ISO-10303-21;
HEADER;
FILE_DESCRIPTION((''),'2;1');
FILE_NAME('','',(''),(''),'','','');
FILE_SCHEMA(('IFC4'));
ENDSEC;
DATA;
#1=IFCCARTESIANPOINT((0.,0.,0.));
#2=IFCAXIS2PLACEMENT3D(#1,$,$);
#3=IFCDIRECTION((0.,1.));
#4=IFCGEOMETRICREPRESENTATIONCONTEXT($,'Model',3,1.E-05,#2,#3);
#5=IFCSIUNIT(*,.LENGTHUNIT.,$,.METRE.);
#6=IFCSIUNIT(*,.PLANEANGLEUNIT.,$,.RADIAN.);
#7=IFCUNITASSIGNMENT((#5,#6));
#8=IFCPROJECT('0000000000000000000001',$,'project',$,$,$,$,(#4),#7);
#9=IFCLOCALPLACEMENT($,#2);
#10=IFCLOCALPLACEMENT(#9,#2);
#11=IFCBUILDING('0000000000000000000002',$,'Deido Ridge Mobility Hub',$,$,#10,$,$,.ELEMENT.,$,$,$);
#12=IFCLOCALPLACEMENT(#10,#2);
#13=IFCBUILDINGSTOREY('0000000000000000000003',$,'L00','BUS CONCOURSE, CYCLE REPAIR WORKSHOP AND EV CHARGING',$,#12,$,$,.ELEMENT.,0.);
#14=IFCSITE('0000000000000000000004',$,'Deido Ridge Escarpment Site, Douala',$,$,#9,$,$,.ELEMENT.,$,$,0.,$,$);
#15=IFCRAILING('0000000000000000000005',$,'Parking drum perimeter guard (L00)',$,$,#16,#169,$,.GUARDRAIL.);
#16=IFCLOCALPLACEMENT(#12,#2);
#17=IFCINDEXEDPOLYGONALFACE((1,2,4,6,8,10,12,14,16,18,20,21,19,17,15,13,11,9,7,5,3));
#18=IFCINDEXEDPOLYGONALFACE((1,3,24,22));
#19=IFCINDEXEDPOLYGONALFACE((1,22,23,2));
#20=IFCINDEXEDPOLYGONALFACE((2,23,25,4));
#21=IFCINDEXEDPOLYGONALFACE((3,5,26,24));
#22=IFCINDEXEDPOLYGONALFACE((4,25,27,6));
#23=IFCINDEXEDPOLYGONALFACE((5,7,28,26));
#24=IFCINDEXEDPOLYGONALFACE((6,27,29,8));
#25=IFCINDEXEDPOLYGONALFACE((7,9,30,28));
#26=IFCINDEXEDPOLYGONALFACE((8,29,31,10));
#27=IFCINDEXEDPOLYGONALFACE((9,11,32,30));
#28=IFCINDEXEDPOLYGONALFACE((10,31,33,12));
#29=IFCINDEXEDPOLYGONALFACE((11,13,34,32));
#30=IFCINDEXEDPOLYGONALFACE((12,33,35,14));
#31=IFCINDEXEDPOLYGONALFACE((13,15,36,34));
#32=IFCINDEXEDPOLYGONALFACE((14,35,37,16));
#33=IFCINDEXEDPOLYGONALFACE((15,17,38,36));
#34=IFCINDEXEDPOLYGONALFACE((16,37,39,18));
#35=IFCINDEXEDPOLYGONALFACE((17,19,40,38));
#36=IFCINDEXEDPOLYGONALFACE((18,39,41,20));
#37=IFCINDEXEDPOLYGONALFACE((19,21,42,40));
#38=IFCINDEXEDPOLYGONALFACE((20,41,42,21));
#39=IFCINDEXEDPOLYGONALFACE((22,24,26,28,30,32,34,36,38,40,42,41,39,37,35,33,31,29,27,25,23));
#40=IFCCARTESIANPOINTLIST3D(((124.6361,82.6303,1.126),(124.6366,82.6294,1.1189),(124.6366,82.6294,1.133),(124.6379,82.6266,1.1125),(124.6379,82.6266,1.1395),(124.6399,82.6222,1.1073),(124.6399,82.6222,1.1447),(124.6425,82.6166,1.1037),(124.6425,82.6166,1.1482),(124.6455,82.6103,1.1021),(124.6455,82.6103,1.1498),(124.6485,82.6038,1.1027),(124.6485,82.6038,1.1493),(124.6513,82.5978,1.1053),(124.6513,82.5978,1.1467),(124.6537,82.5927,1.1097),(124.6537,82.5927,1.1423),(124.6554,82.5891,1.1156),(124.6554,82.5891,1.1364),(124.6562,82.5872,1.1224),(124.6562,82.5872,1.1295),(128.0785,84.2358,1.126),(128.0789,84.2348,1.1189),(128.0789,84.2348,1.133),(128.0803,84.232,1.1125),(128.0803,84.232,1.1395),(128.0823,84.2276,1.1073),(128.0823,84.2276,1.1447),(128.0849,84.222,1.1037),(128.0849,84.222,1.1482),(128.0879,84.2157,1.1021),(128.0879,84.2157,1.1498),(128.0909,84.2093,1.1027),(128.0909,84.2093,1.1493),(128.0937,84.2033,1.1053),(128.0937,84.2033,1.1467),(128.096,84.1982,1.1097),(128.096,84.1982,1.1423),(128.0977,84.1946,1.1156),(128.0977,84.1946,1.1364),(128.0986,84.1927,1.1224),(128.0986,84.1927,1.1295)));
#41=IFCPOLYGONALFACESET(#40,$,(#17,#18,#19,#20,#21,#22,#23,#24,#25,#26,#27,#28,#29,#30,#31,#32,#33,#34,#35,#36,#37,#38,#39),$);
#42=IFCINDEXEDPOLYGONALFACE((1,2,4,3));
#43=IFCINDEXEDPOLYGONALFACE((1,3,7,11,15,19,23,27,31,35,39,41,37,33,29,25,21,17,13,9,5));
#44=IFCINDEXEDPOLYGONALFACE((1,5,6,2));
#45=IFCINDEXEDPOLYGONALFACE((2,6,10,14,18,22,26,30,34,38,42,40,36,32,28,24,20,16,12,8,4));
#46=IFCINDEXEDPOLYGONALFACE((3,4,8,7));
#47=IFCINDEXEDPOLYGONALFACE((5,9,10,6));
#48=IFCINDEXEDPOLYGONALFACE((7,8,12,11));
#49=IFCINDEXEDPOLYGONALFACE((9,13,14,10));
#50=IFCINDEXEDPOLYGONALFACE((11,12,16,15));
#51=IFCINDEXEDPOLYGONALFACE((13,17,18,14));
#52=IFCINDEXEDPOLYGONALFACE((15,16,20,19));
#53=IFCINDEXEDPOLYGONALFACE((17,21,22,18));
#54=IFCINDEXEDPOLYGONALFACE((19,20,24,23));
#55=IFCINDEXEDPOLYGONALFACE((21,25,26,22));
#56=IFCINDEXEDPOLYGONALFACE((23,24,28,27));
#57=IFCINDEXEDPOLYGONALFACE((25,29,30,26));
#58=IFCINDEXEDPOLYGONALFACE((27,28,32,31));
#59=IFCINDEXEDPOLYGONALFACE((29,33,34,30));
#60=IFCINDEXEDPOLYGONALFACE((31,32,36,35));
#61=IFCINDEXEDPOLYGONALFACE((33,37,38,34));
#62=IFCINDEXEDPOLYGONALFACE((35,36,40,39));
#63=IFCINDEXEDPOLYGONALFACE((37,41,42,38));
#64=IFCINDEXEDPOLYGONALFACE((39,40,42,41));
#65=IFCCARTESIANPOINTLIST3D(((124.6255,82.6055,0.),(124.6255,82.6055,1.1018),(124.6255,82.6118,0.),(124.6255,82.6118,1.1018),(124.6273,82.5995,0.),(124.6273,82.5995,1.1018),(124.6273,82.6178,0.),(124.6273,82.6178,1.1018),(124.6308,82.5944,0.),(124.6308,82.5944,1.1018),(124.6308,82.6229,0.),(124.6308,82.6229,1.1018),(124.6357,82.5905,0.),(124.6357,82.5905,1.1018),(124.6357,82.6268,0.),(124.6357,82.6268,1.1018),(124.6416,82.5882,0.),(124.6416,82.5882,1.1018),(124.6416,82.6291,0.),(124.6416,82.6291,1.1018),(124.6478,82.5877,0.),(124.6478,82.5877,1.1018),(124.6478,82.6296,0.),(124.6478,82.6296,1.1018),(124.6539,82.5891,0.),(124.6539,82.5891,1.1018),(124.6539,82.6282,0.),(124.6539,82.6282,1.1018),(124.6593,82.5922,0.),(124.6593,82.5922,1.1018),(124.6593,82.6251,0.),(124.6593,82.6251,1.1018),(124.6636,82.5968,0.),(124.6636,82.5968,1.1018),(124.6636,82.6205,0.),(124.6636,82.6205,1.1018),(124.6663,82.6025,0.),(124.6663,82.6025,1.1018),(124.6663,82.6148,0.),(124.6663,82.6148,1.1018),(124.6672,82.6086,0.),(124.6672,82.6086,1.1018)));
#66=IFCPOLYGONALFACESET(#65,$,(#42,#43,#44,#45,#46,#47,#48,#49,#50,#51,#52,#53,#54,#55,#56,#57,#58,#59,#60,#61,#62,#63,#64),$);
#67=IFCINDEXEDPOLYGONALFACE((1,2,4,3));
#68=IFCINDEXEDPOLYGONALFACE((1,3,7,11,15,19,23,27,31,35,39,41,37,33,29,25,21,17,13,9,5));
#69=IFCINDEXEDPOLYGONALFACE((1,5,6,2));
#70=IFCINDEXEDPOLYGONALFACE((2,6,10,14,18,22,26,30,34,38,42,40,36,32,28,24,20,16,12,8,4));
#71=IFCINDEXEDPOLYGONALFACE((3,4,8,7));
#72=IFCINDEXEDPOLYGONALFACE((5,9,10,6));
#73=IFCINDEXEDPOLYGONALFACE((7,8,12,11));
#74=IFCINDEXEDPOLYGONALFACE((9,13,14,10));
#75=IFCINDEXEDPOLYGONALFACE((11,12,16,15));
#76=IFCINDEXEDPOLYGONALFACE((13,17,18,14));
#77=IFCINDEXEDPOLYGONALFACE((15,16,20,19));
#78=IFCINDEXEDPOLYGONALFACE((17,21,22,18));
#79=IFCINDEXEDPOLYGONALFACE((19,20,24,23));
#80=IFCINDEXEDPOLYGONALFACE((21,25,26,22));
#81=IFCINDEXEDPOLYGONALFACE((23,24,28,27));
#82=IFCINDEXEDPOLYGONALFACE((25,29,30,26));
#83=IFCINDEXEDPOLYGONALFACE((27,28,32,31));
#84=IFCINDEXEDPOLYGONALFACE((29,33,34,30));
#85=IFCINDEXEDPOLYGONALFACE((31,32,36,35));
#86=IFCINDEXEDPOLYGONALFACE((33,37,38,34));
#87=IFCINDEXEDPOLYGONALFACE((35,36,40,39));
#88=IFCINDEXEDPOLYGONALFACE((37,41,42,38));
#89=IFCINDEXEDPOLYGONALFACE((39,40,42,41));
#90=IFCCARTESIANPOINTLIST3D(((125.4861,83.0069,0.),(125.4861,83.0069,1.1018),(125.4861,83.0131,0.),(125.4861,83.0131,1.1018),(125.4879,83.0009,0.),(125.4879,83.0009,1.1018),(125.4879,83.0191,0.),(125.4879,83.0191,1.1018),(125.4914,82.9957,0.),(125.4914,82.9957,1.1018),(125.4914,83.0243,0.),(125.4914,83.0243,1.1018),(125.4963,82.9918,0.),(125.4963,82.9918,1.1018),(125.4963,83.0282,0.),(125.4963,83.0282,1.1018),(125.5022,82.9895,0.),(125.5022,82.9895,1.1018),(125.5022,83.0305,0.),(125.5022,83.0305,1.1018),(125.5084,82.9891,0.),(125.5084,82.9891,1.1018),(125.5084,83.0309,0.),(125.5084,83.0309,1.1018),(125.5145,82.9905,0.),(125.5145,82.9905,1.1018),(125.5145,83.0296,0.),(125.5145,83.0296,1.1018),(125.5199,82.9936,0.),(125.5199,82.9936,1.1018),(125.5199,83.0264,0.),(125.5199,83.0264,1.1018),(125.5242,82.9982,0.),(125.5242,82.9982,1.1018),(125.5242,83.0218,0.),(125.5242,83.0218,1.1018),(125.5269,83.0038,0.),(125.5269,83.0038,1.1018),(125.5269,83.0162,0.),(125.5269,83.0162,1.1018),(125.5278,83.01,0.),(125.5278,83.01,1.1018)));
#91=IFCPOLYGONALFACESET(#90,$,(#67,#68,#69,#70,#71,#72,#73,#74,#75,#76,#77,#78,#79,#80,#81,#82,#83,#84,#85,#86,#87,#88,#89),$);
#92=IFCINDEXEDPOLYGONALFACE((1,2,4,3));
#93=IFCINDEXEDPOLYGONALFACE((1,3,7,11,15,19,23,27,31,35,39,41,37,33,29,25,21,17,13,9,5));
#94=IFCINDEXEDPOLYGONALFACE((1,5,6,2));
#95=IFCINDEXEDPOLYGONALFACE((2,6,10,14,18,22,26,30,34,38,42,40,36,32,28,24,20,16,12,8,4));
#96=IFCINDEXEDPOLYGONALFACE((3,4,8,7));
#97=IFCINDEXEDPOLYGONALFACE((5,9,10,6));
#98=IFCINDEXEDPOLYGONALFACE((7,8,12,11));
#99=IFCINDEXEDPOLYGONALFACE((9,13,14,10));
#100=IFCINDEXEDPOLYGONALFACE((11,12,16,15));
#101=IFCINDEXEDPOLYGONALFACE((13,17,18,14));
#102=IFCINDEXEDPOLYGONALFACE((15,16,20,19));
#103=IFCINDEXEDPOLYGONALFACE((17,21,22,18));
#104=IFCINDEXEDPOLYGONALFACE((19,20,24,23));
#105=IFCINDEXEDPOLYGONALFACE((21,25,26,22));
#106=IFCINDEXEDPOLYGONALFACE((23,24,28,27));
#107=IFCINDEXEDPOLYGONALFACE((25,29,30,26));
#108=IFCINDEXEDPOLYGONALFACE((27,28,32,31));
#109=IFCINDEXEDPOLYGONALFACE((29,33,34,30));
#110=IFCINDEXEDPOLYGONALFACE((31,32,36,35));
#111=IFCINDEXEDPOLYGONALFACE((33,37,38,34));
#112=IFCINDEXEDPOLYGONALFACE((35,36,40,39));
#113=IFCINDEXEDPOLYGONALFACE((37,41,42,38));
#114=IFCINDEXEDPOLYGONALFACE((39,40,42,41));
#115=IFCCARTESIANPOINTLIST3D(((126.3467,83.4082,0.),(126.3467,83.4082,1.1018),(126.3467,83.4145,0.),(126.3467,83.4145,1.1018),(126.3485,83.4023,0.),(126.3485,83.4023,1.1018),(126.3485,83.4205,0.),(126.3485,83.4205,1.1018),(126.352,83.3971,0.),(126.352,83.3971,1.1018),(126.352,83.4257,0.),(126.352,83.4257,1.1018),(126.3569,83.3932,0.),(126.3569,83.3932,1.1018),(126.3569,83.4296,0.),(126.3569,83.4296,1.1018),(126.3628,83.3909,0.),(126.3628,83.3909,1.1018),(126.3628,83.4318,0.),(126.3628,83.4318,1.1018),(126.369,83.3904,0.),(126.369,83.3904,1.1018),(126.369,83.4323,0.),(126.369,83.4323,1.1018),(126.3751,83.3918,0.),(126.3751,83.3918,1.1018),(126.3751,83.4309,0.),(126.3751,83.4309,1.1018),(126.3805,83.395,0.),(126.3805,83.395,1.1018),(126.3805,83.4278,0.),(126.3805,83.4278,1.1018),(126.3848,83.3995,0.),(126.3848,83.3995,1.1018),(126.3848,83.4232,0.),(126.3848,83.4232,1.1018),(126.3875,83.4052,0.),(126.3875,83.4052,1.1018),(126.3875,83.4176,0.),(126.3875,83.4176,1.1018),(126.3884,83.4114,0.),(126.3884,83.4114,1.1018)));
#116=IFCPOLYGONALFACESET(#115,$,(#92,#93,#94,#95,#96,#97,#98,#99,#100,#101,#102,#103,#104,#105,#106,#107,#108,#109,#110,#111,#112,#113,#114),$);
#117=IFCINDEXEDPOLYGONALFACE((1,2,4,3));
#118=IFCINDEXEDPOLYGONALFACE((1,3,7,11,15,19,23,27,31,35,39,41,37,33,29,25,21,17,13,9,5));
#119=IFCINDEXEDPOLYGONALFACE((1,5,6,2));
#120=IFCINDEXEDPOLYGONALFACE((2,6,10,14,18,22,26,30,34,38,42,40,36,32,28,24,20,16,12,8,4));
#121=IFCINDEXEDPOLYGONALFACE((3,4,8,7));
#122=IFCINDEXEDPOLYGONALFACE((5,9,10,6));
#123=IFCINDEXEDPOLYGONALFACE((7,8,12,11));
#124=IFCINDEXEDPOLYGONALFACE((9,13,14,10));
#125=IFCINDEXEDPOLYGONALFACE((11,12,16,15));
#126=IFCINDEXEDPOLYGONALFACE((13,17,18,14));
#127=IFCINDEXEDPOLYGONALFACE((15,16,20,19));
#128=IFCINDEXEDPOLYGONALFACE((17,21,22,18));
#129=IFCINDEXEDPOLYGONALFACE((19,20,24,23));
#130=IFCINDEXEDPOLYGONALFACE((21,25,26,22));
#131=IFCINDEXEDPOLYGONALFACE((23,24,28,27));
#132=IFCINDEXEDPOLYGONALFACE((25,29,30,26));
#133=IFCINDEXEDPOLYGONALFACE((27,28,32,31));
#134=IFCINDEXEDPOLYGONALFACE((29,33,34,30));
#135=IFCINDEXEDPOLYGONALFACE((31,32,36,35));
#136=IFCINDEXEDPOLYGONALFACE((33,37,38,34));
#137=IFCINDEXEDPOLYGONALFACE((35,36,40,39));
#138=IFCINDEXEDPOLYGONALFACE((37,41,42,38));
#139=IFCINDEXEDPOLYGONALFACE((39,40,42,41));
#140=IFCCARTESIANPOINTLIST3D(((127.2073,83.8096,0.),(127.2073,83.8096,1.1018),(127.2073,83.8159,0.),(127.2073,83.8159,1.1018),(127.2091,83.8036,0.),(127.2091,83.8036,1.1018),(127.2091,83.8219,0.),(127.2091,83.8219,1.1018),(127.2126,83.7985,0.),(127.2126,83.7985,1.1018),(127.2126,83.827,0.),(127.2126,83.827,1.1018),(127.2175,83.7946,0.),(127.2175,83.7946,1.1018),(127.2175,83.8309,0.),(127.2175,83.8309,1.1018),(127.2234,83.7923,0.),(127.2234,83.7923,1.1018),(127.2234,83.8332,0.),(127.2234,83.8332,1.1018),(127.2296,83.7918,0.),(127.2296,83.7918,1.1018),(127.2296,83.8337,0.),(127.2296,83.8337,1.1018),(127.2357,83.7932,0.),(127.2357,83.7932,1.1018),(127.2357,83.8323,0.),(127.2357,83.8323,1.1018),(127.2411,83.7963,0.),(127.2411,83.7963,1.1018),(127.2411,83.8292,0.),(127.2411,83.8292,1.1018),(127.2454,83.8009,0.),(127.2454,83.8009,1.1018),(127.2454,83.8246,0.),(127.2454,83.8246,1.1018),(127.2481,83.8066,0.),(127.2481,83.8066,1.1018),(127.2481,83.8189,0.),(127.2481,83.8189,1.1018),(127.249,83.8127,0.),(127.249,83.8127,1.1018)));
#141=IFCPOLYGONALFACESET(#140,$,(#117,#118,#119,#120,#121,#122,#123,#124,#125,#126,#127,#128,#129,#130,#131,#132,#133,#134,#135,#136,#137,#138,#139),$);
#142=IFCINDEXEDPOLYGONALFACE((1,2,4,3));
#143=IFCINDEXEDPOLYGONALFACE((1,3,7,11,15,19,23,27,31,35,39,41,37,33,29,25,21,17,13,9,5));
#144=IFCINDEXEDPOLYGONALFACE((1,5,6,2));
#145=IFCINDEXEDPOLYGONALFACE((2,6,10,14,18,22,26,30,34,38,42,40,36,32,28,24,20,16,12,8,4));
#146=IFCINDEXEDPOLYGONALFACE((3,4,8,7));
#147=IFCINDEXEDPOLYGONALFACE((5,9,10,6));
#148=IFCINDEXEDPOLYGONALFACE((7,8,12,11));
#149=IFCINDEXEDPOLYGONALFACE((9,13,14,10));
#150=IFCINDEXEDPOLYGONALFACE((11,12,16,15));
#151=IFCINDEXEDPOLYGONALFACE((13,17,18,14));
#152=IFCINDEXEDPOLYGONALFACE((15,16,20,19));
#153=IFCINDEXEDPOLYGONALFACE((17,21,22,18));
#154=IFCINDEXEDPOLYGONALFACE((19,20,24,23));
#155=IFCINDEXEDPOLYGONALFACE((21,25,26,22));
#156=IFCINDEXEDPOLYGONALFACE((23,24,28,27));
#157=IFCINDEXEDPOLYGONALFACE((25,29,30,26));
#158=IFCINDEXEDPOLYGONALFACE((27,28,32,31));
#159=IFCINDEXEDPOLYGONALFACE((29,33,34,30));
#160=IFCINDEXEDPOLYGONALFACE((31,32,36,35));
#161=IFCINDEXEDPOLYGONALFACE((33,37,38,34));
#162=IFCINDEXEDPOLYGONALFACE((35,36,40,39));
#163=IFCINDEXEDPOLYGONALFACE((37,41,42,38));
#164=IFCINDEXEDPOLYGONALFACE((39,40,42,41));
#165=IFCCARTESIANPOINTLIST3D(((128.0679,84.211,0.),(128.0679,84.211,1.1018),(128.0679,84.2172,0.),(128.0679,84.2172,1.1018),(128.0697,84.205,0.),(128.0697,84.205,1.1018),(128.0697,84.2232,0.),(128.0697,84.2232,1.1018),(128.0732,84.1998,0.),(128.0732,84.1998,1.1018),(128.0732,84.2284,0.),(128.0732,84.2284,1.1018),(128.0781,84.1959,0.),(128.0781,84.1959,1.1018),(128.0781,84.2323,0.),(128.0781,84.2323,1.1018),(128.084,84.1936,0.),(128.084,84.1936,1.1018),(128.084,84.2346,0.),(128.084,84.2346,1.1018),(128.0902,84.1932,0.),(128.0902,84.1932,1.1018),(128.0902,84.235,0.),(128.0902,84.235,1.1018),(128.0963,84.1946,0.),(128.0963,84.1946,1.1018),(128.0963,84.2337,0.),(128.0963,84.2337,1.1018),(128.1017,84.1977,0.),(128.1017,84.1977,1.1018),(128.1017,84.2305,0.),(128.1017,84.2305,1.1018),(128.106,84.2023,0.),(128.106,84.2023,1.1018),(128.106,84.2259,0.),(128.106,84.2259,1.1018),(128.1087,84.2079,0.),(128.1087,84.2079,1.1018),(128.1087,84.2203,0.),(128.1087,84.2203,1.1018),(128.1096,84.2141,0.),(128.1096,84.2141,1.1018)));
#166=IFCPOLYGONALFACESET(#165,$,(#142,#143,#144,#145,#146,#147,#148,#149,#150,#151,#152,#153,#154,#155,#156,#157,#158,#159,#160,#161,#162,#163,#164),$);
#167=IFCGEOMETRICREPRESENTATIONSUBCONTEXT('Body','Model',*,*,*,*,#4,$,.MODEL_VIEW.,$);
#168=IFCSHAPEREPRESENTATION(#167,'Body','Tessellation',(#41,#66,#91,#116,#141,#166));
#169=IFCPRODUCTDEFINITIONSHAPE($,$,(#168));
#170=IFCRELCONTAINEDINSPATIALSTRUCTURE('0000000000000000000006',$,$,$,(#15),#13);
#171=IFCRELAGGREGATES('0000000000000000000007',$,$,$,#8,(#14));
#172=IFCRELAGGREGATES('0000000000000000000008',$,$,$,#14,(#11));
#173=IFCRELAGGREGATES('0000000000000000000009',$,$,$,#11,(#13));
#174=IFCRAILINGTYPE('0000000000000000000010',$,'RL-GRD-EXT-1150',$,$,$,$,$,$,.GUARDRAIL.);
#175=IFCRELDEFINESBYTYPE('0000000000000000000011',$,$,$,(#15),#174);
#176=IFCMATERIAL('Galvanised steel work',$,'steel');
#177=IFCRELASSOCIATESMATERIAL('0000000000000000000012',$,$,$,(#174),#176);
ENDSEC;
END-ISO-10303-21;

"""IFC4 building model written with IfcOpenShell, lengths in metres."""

from ifc_helpers import new_model, si_unit, direction, frame, origin, origin_2d, place, context, subcontext, project, spatial, circle, extrude, material, type_object, element, save


model = new_model("IFC4")

# Units and contexts
model_context = context("Model", 3, precision=1e-05, world=origin(), true_north=direction((0.0, 1.0)))
body_context = subcontext(model_context, "Body", "Model", "MODEL_VIEW")
ifc_project = project(units=[si_unit("LENGTHUNIT", "METRE"), si_unit("PLANEANGLEUNIT", "RADIAN")], contexts=[model_context])

# Site, building, storey
site_placement = place(None, origin())
site = spatial("IfcSite", under=ifc_project, at=site_placement, Name="Deido Ridge Escarpment Site, Douala", CompositionType="ELEMENT", RefElevation=0.0)
building_placement = place(site_placement, origin())
building = spatial("IfcBuilding", under=site, at=building_placement, Name="Deido Ridge Mobility Hub", CompositionType="ELEMENT")
storey_placement = place(building_placement, origin())
storey = spatial("IfcBuildingStorey", under=building, at=storey_placement, Name="L00", Description="BUS CONCOURSE, CYCLE REPAIR WORKSHOP AND EV CHARGING", CompositionType="ELEMENT", Elevation=0.0)

# Railing
ifc_material_1 = material(Name="Galvanised steel work", Category="steel")
railing_type = type_object("IfcRailingType", Name="RL-GRD-EXT-1150", PredefinedType="GUARDRAIL", material=ifc_material_1)
railing_1_placement = place(storey_placement, frame((124.6462, 82.6086, 0.0)))
element("IfcRailing", 1, at=railing_1_placement, inside=storey, type_object=railing_type, Name="Parking drum perimeter guard (L00)", PredefinedType="GUARDRAIL", context=body_context, shape_type="SweptSolid", body=[
    extrude(circle(Radius=0.0239, at=origin_2d()), frame((0.0, 0.0, 1.126), z_axis=(0.906282, 0.422674, 0.0), x_axis=(-0.422674, 0.906282, 0.0)), (0.0, 0.0, 1.0), 3.7983),
    extrude(circle(Radius=0.021, at=origin_2d()), origin(), (0.0, 0.0, 1.0), 1.1018),
    extrude(circle(Radius=0.021, at=origin_2d()), frame((0.8606, 0.4014, 0.0)), (0.0, 0.0, 1.0), 1.1018),
    extrude(circle(Radius=0.021, at=origin_2d()), frame((1.7212, 0.8027, 0.0)), (0.0, 0.0, 1.0), 1.1018),
    extrude(circle(Radius=0.021, at=origin_2d()), frame((2.5818, 1.2041, 0.0)), (0.0, 0.0, 1.0), 1.1018),
    extrude(circle(Radius=0.021, at=origin_2d()), frame((3.4424, 1.6055, 0.0)), (0.0, 0.0, 1.0), 1.1018),
])

save(model, "model.ifc")
